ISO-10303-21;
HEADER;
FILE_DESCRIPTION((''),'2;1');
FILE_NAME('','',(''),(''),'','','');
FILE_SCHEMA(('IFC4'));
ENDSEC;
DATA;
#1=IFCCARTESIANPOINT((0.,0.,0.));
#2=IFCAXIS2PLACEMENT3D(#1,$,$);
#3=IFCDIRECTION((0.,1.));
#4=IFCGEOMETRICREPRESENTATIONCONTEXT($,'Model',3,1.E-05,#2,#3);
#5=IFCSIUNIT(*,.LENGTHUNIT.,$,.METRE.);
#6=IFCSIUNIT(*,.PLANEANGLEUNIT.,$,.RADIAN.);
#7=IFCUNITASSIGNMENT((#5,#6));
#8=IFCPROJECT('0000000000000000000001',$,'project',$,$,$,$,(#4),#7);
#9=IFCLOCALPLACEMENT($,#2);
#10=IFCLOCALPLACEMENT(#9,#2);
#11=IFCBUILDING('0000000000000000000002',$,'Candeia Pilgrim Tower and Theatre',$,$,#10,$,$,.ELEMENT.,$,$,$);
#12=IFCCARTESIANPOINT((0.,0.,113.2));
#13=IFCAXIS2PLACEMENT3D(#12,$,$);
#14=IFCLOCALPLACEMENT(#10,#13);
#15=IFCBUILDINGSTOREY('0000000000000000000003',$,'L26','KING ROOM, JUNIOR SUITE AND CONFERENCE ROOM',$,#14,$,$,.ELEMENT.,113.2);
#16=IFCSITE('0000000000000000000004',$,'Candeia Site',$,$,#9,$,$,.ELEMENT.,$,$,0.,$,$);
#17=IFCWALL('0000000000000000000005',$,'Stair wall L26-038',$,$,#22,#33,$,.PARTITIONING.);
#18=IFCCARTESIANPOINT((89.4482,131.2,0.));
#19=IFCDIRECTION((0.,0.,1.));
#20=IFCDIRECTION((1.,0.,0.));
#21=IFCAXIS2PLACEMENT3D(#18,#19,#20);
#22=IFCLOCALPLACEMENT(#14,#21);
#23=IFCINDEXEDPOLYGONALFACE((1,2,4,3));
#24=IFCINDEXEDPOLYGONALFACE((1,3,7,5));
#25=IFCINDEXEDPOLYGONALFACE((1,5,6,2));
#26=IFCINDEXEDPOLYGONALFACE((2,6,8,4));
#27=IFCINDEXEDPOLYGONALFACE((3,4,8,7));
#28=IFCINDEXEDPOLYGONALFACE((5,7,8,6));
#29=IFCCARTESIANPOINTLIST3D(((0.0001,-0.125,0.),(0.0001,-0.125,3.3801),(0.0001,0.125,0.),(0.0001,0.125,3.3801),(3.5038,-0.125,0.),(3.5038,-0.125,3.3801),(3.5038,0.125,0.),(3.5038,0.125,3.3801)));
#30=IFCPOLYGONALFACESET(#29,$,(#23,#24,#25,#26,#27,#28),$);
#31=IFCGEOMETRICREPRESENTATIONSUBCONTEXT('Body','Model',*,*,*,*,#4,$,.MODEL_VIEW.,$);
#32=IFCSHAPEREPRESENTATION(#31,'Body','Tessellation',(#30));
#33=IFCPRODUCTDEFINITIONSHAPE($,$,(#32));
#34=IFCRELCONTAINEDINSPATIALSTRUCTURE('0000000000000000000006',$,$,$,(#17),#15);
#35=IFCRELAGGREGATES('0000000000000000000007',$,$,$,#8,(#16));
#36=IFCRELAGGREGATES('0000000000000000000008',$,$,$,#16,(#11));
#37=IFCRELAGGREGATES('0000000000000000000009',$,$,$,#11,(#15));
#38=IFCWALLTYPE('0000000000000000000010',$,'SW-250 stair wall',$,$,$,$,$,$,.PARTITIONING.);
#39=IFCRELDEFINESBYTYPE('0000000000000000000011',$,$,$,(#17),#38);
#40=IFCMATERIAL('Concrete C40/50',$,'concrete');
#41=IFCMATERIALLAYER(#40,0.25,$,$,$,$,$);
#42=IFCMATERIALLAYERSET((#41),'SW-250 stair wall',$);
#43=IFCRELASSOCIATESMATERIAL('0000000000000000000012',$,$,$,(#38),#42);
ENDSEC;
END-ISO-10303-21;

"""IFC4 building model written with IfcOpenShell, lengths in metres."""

from ifc_helpers import new_model, si_unit, direction, frame, frame_2d, origin, place, context, subcontext, project, spatial, rectangle, extrude, material, layer, layer_set, type_object, element, save


model = new_model("IFC4")

# Units and contexts
model_context = context("Model", 3, precision=1e-05, world=origin(), true_north=direction((0.0, 1.0)))
body_context = subcontext(model_context, "Body", "Model", "MODEL_VIEW")
ifc_project = project(units=[si_unit("LENGTHUNIT", "METRE"), si_unit("PLANEANGLEUNIT", "RADIAN")], contexts=[model_context])

# Site, building, storey
site_placement = place(None, origin())
site = spatial("IfcSite", under=ifc_project, at=site_placement, Name="Candeia Site", CompositionType="ELEMENT", RefElevation=0.0)
building_placement = place(site_placement, origin())
building = spatial("IfcBuilding", under=site, at=building_placement, Name="Candeia Pilgrim Tower and Theatre", CompositionType="ELEMENT")
storey_placement = place(building_placement, frame((0.0, 0.0, 113.2)))
storey = spatial("IfcBuildingStorey", under=building, at=storey_placement, Name="L26", Description="KING ROOM, JUNIOR SUITE AND CONFERENCE ROOM", CompositionType="ELEMENT", Elevation=113.2)

# Wall
ifc_material_1 = material(Name="Concrete C40/50", Category="concrete")
ifc_layer_1 = layer(ifc_material_1, 0.25)
ifc_layer_set_1 = layer_set([ifc_layer_1], Name="SW-250 stair wall")
wall_type_1 = type_object("IfcWallType", Name="SW-250 stair wall", PredefinedType="PARTITIONING", material=ifc_layer_set_1)
wall_1_placement = place(storey_placement, frame((89.4482, 131.2, 0.0), z_axis=(0.0, 0.0, 1.0), x_axis=(1.0, 0.0, 0.0)))
element("IfcWall", 1, at=wall_1_placement, inside=storey, type_object=wall_type_1, Name="Stair wall L26-038", PredefinedType="PARTITIONING", context=body_context, shape_type="SweptSolid", body=[
    extrude(rectangle(XDim=3.5037, YDim=0.25, at=frame_2d((1.752, 0.0))), origin(), (0.0, 0.0, 1.0), 3.3801),
])

save(model, "model.ifc")
